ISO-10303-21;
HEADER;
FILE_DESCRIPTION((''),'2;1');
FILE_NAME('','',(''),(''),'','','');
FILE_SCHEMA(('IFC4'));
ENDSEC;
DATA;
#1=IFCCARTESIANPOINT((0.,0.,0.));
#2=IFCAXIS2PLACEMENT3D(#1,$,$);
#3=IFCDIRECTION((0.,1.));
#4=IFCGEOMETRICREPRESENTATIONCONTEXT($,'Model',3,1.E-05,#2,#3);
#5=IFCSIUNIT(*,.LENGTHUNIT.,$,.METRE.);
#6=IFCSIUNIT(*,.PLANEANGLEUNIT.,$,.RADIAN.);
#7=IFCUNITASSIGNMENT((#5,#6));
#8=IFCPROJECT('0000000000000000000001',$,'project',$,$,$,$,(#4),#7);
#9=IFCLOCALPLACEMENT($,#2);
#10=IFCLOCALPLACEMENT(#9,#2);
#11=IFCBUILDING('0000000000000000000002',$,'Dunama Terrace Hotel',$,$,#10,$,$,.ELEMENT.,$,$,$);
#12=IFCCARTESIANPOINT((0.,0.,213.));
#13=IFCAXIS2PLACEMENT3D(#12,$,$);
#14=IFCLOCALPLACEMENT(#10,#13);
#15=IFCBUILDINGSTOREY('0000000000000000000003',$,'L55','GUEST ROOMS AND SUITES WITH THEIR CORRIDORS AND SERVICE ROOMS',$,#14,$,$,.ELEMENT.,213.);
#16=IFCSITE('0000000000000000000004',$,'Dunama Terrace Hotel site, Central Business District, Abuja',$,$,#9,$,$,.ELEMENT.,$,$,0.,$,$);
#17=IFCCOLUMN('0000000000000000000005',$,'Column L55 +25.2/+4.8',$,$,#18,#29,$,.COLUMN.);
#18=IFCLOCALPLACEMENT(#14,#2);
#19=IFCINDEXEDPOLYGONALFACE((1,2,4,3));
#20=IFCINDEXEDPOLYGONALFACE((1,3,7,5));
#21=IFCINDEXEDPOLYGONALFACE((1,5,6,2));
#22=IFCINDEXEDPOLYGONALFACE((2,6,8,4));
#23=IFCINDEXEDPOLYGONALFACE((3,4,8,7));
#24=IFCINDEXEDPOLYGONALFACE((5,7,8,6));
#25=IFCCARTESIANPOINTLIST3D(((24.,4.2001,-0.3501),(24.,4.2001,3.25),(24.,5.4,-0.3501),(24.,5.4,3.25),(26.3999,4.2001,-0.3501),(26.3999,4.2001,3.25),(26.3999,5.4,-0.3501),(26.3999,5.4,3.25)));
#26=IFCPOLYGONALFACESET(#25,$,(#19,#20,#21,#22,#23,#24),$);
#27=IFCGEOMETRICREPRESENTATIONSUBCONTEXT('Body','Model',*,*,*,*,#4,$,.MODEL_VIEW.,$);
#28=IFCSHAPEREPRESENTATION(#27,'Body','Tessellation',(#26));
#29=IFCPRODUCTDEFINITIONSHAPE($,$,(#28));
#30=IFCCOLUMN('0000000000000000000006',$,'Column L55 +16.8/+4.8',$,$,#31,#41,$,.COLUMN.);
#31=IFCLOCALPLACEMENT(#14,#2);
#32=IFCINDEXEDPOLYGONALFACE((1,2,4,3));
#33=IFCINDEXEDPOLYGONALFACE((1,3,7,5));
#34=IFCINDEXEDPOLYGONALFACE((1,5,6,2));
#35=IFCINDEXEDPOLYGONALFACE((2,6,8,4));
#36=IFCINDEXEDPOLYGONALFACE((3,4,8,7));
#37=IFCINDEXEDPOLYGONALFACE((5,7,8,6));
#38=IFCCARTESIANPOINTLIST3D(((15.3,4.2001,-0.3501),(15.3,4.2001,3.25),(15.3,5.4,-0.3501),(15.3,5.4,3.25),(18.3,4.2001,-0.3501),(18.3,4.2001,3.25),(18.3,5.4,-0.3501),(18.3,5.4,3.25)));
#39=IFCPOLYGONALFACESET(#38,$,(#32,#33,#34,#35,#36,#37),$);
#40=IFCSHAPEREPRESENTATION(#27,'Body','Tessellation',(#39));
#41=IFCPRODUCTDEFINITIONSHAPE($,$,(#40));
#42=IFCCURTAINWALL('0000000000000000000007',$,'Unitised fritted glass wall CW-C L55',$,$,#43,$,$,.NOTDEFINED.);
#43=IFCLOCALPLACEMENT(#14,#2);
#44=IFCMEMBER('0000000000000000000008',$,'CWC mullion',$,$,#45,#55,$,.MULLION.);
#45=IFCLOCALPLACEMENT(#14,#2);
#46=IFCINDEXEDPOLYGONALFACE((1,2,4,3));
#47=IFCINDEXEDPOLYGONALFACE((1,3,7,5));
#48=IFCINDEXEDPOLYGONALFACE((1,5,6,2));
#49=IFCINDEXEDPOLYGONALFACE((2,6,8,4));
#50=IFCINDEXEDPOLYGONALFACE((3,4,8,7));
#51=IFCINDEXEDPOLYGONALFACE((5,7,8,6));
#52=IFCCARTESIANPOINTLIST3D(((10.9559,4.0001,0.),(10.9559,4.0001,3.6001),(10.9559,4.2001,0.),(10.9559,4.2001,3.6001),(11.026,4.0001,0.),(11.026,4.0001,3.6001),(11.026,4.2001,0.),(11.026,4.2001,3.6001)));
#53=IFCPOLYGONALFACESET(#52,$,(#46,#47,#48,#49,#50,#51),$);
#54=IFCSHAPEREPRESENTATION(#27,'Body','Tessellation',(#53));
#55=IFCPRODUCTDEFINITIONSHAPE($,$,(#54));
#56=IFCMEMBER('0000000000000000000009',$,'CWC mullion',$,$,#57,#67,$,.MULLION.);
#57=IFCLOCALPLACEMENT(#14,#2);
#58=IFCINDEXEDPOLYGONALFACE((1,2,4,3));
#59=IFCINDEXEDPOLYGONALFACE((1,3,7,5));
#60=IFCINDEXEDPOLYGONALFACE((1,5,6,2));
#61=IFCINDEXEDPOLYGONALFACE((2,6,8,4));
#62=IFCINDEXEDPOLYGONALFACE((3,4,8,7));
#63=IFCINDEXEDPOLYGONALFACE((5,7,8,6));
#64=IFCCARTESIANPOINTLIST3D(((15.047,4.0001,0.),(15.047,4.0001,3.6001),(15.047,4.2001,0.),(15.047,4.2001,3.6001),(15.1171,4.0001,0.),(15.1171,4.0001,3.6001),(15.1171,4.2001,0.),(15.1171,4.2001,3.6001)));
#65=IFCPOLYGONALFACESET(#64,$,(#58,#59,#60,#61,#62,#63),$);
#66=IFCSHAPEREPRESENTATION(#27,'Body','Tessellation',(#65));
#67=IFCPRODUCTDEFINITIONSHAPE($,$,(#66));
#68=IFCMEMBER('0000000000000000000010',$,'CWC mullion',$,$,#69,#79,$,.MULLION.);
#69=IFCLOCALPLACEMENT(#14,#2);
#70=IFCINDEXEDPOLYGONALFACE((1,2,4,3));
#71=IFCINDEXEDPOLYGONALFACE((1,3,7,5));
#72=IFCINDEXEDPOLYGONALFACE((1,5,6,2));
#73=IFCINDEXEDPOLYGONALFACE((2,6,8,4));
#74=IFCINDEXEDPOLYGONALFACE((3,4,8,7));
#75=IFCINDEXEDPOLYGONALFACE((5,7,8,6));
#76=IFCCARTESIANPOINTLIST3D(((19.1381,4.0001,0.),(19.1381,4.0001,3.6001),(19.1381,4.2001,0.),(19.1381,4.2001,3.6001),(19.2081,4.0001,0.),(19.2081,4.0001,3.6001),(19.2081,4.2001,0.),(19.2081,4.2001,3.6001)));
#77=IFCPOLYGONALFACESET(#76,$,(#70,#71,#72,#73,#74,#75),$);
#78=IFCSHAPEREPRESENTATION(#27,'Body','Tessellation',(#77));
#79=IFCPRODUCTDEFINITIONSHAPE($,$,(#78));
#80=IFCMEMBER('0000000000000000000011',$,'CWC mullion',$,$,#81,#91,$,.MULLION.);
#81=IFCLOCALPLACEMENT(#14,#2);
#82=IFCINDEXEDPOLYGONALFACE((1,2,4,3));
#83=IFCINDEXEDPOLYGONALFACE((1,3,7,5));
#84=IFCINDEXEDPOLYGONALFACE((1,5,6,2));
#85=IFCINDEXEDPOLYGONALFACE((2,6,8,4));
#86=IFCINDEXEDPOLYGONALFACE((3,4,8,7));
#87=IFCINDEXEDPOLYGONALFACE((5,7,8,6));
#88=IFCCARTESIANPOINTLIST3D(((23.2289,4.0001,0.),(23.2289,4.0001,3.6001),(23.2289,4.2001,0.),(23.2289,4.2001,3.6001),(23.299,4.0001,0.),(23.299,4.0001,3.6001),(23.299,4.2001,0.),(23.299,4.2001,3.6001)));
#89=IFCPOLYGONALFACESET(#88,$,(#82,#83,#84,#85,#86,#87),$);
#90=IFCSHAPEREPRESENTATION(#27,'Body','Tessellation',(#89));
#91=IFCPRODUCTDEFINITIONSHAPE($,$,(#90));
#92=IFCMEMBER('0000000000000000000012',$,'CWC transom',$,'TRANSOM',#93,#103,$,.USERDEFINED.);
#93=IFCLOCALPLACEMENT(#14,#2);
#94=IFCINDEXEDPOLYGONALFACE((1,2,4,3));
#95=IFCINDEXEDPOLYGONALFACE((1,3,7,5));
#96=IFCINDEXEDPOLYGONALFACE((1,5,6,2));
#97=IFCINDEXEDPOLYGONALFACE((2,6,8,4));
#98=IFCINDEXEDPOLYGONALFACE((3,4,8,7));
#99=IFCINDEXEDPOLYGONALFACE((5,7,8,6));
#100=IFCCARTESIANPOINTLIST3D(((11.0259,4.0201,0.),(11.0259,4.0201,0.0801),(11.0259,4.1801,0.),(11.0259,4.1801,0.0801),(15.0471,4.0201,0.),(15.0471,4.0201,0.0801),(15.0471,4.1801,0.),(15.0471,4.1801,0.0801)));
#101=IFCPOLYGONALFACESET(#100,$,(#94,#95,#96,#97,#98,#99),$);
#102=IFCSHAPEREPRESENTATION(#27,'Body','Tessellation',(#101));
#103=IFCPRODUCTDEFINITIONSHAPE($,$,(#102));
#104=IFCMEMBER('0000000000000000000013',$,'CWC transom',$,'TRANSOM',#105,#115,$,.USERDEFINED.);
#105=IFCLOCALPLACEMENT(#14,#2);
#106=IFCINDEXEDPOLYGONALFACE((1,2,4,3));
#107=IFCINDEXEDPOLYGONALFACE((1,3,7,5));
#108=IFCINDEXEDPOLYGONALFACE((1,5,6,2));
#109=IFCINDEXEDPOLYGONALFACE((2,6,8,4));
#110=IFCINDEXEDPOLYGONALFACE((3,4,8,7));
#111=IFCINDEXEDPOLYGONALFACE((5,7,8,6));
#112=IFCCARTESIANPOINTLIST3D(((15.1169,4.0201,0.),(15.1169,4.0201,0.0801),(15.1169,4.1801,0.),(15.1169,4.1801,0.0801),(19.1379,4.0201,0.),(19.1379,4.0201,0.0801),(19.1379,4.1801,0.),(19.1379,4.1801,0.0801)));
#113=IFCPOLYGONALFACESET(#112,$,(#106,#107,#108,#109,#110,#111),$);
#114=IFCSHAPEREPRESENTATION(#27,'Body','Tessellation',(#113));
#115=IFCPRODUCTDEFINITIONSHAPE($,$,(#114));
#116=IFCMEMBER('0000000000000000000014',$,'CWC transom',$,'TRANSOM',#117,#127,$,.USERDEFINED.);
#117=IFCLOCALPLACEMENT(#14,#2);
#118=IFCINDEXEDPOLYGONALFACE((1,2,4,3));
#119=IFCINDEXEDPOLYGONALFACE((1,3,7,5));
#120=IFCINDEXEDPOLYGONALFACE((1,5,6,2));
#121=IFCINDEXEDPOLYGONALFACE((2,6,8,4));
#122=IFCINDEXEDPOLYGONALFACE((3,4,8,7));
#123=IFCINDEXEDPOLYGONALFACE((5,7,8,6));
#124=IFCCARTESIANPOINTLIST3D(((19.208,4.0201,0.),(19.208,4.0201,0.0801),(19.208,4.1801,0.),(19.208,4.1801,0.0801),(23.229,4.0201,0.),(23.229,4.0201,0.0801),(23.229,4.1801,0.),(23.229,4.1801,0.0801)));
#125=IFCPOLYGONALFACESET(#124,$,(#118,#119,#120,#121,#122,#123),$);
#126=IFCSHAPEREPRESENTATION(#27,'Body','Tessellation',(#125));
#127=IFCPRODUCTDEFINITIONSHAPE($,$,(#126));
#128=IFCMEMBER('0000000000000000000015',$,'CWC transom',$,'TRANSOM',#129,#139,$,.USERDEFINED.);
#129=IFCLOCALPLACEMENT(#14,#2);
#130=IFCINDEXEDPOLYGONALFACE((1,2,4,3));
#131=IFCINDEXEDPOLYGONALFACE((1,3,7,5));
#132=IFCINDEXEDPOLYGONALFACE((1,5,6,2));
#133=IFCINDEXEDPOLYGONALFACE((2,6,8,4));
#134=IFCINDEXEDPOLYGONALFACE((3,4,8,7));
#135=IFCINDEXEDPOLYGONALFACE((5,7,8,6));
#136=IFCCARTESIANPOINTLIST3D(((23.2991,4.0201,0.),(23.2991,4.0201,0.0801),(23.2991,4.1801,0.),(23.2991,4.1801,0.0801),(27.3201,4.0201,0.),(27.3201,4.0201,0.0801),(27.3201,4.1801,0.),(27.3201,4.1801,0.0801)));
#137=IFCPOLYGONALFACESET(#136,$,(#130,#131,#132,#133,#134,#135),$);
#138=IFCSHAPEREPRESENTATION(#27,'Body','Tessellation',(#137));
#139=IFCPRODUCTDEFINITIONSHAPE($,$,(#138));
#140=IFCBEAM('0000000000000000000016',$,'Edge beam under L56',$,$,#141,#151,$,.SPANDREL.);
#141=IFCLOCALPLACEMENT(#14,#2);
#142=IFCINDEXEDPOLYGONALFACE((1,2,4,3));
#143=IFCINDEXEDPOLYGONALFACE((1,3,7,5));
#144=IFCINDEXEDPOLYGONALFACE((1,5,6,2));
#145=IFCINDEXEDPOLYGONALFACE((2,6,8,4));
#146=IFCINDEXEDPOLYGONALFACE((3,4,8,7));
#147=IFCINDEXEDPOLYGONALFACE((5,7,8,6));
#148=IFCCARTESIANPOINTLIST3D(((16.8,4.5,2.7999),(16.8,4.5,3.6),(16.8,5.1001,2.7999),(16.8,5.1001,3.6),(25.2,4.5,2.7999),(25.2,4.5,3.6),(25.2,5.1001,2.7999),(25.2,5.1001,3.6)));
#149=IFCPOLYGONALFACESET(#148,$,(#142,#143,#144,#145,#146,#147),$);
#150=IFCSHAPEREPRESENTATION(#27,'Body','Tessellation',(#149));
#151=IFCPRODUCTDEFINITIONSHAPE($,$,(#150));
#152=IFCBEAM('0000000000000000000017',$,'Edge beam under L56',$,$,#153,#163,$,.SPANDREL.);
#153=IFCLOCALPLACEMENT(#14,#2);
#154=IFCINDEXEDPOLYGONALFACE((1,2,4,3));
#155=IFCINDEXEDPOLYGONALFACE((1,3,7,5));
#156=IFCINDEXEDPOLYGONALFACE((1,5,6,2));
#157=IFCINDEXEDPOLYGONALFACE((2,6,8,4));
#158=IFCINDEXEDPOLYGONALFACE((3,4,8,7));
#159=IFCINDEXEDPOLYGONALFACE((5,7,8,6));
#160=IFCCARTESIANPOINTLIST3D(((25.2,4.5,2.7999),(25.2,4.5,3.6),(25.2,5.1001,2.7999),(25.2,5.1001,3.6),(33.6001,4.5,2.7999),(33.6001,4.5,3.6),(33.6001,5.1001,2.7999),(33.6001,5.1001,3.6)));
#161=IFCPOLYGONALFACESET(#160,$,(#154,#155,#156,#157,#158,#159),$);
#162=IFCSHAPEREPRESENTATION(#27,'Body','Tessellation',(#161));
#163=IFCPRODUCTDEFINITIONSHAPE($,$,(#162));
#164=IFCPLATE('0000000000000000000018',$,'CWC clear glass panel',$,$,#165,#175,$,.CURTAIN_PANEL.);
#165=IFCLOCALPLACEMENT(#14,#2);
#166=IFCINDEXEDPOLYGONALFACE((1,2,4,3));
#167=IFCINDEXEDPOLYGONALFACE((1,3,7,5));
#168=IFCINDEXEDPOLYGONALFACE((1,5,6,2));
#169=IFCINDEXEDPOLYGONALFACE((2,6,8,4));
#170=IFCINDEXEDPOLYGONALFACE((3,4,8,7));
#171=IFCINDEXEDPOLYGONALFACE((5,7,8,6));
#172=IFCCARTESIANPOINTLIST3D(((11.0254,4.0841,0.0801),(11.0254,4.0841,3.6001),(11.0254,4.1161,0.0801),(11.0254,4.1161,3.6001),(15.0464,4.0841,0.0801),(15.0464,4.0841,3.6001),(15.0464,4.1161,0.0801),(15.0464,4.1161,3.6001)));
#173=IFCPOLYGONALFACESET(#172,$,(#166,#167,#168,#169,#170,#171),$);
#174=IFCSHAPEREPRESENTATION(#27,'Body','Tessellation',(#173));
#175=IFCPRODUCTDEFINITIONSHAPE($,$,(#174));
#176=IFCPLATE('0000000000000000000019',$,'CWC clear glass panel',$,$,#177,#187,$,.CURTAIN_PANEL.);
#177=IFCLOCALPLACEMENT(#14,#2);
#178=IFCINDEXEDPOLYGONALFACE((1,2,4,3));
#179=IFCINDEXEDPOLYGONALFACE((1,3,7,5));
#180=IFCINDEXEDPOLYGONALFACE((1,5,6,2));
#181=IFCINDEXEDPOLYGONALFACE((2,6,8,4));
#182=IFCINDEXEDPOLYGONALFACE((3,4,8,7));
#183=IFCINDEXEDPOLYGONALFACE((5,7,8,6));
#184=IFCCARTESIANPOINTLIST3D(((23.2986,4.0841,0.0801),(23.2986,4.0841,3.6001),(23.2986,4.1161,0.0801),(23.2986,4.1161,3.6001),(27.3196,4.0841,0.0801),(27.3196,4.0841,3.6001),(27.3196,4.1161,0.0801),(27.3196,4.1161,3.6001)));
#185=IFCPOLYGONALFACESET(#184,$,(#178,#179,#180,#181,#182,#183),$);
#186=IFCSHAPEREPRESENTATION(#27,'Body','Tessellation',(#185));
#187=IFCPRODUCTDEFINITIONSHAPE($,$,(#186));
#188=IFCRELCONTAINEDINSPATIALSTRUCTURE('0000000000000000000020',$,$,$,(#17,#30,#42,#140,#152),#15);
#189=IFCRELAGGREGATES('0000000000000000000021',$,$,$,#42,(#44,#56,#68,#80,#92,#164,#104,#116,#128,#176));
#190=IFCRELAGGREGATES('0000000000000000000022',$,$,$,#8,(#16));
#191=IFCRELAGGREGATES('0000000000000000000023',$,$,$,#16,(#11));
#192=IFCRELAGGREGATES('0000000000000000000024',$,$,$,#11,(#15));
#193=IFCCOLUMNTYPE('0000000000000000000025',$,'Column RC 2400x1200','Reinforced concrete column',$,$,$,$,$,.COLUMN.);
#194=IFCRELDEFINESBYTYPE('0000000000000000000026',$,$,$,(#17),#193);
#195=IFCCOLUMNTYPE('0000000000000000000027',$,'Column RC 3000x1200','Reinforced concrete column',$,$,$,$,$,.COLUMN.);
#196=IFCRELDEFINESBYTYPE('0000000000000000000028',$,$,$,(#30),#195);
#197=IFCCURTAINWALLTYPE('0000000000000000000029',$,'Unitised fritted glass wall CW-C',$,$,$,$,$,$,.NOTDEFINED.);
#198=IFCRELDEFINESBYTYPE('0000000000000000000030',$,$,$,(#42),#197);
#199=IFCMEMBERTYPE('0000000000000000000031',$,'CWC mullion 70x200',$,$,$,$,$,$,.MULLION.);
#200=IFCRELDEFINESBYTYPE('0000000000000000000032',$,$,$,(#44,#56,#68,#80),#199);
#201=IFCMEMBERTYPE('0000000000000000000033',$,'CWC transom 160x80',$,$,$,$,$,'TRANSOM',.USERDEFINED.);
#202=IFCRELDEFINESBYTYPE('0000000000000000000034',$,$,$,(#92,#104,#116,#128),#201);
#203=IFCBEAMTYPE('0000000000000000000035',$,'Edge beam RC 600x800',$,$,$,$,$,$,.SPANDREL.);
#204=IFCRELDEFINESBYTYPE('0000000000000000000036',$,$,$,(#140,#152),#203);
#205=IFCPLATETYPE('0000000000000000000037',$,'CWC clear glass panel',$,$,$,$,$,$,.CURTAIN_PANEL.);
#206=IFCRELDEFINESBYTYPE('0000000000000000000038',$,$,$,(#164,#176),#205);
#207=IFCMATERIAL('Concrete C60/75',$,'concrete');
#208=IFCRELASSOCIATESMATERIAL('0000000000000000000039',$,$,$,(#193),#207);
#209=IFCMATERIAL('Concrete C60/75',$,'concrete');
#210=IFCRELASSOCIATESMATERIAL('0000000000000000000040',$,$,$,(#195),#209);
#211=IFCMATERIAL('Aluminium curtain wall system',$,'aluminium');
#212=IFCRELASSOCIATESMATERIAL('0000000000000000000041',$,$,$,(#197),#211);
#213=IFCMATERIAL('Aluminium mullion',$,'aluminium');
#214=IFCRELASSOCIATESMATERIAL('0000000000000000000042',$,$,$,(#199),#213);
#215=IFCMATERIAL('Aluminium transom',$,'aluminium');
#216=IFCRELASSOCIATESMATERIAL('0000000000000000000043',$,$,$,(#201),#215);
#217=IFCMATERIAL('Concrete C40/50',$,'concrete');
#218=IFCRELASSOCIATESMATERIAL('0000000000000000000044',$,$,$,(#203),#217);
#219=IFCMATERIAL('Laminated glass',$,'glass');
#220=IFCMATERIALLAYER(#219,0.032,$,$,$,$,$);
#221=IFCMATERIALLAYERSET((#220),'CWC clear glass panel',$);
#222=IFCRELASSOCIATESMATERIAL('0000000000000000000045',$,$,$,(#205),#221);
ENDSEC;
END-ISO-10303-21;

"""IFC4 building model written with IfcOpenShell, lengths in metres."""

from ifc_helpers import new_model, si_unit, direction, frame, origin, origin_2d, place, context, subcontext, project, spatial, rectangle, extrude, material, layer, layer_set, material_profile, profile_set, type_object, element, aggregate, save


model = new_model("IFC4")

# Units and contexts
model_context = context("Model", 3, precision=1e-05, world=origin(), true_north=direction((0.0, 1.0)))
body_context = subcontext(model_context, "Body", "Model", "MODEL_VIEW")
ifc_project = project(units=[si_unit("LENGTHUNIT", "METRE"), si_unit("PLANEANGLEUNIT", "RADIAN")], contexts=[model_context])

# Site, building, storey
site_placement = place(None, origin())
site = spatial("IfcSite", under=ifc_project, at=site_placement, Name="Dunama Terrace Hotel site, Central Business District, Abuja", CompositionType="ELEMENT", RefElevation=0.0)
building_placement = place(site_placement, origin())
building = spatial("IfcBuilding", under=site, at=building_placement, Name="Dunama Terrace Hotel", CompositionType="ELEMENT")
storey_placement = place(building_placement, frame((0.0, 0.0, 213.0)))
storey = spatial("IfcBuildingStorey", under=building, at=storey_placement, Name="L55", Description="GUEST ROOMS AND SUITES WITH THEIR CORRIDORS AND SERVICE ROOMS", CompositionType="ELEMENT", Elevation=213.0)

# Columns
ifc_material_1 = material(Name="Concrete C60/75", Category="concrete")
ifc_material_profile_1 = material_profile(ifc_material_1, rectangle(XDim=2.3999, YDim=1.2, at=origin_2d()), Name="RC 2400x1200")
ifc_profile_set_1 = profile_set([ifc_material_profile_1], Name="Concrete C60/75")
column_type_1 = type_object("IfcColumnType", Name="Column RC 2400x1200", Description="Reinforced concrete column", PredefinedType="COLUMN", material=ifc_profile_set_1)
column_1_placement = place(storey_placement, frame((25.2, 4.8, -0.3501), z_axis=(0.0, 0.0, 1.0), x_axis=(1.0, 0.0, 0.0)))
element("IfcColumn", 1, at=column_1_placement, inside=storey, type_object=column_type_1, Name="Column L55 +25.2/+4.8", PredefinedType="COLUMN", context=body_context, shape_type="SweptSolid", body=[
    extrude(rectangle(XDim=2.3999, YDim=1.2, at=origin_2d()), origin(), (0.0, 0.0, 1.0), 3.6001),
])
ifc_material_2 = material(Name="Concrete C60/75", Category="concrete")
ifc_material_profile_2 = material_profile(ifc_material_2, rectangle(XDim=3.0, YDim=1.2, at=origin_2d()), Name="RC 3000x1200")
ifc_profile_set_2 = profile_set([ifc_material_profile_2], Name="Concrete C60/75")
column_type_2 = type_object("IfcColumnType", Name="Column RC 3000x1200", Description="Reinforced concrete column", PredefinedType="COLUMN", material=ifc_profile_set_2)
column_2_placement = place(storey_placement, frame((16.8, 4.8, -0.3501), z_axis=(0.0, 0.0, 1.0), x_axis=(1.0, 0.0, 0.0)))
element("IfcColumn", 2, at=column_2_placement, inside=storey, type_object=column_type_2, Name="Column L55 +16.8/+4.8", PredefinedType="COLUMN", context=body_context, shape_type="SweptSolid", body=[
    extrude(rectangle(XDim=3.0, YDim=1.2, at=origin_2d()), origin(), (0.0, 0.0, 1.0), 3.6001),
])

# Curtain wall, members
ifc_material_3 = material(Name="Aluminium curtain wall system", Category="aluminium")
curtain_wall_type = type_object("IfcCurtainWallType", Name="Unitised fritted glass wall CW-C", PredefinedType="NOTDEFINED", material=ifc_material_3)
curtain_wall_placement = place(storey_placement, origin())
curtain_wall = element("IfcCurtainWall", 3, at=curtain_wall_placement, inside=storey, type_object=curtain_wall_type, Name="Unitised fritted glass wall CW-C L55", PredefinedType="NOTDEFINED")
ifc_material_4 = material(Name="Aluminium mullion", Category="aluminium")
ifc_material_profile_3 = material_profile(ifc_material_4, rectangle(XDim=0.0701, YDim=0.2, at=origin_2d()), Name="CWC MULLION 70X200")
ifc_profile_set_3 = profile_set([ifc_material_profile_3], Name="Aluminium mullion")
member_type_1 = type_object("IfcMemberType", Name="CWC mullion 70x200", PredefinedType="MULLION", material=ifc_profile_set_3)
member_1_placement = place(storey_placement, frame((10.991, 4.1001, 0.0), z_axis=(0.0, 0.0, 1.0), x_axis=(1.0, 0.0, 0.0)))
member_1 = element("IfcMember", 4, at=member_1_placement, type_object=member_type_1, Name="CWC mullion", PredefinedType="MULLION", context=body_context, shape_type="SweptSolid", body=[
    extrude(rectangle(XDim=0.0701, YDim=0.2, at=origin_2d()), origin(), (0.0, 0.0, 1.0), 3.6001),
])
member_2_placement = place(storey_placement, frame((15.082, 4.1001, 0.0), z_axis=(0.0, 0.0, 1.0), x_axis=(1.0, 0.0, 0.0)))
member_2 = element("IfcMember", 5, at=member_2_placement, type_object=member_type_1, Name="CWC mullion", PredefinedType="MULLION", context=body_context, shape_type="SweptSolid", body=[
    extrude(rectangle(XDim=0.0701, YDim=0.2, at=origin_2d()), origin(), (0.0, 0.0, 1.0), 3.6001),
])
member_3_placement = place(storey_placement, frame((19.1731, 4.1001, 0.0), z_axis=(0.0, 0.0, 1.0), x_axis=(1.0, 0.0, 0.0)))
member_3 = element("IfcMember", 6, at=member_3_placement, type_object=member_type_1, Name="CWC mullion", PredefinedType="MULLION", context=body_context, shape_type="SweptSolid", body=[
    extrude(rectangle(XDim=0.0701, YDim=0.2, at=origin_2d()), origin(), (0.0, 0.0, 1.0), 3.6001),
])
member_4_placement = place(storey_placement, frame((23.2639, 4.1001, 0.0), z_axis=(0.0, 0.0, 1.0), x_axis=(1.0, 0.0, 0.0)))
member_4 = element("IfcMember", 7, at=member_4_placement, type_object=member_type_1, Name="CWC mullion", PredefinedType="MULLION", context=body_context, shape_type="SweptSolid", body=[
    extrude(rectangle(XDim=0.0701, YDim=0.2, at=origin_2d()), origin(), (0.0, 0.0, 1.0), 3.6001),
])
ifc_material_5 = material(Name="Aluminium transom", Category="aluminium")
ifc_material_profile_4 = material_profile(ifc_material_5, rectangle(XDim=0.1599, YDim=0.0801, at=origin_2d()), Name="CWC TRANSOM 160X80")
ifc_profile_set_4 = profile_set([ifc_material_profile_4], Name="Aluminium transom")
member_type_2 = type_object("IfcMemberType", Name="CWC transom 160x80", ElementType="TRANSOM", PredefinedType="USERDEFINED", material=ifc_profile_set_4)
member_5_placement = place(storey_placement, frame((11.0259, 4.1001, 0.04), z_axis=(1.0, 0.0, 0.0), x_axis=(0.0, 1.0, 0.0)))
member_5 = element("IfcMember", 8, at=member_5_placement, type_object=member_type_2, Name="CWC transom", ObjectType="TRANSOM", PredefinedType="USERDEFINED", context=body_context, shape_type="SweptSolid", body=[
    extrude(rectangle(XDim=0.1599, YDim=0.0801, at=origin_2d()), origin(), (0.0, 0.0, 1.0), 4.0212),
])
member_6_placement = place(storey_placement, frame((15.1169, 4.1001, 0.04), z_axis=(1.0, 0.0, 0.0), x_axis=(0.0, 1.0, 0.0)))
member_6 = element("IfcMember", 9, at=member_6_placement, type_object=member_type_2, Name="CWC transom", ObjectType="TRANSOM", PredefinedType="USERDEFINED", context=body_context, shape_type="SweptSolid", body=[
    extrude(rectangle(XDim=0.1599, YDim=0.0801, at=origin_2d()), origin(), (0.0, 0.0, 1.0), 4.021),
])
member_7_placement = place(storey_placement, frame((19.208, 4.1001, 0.04), z_axis=(1.0, 0.0, 0.0), x_axis=(0.0, 1.0, 0.0)))
member_7 = element("IfcMember", 10, at=member_7_placement, type_object=member_type_2, Name="CWC transom", ObjectType="TRANSOM", PredefinedType="USERDEFINED", context=body_context, shape_type="SweptSolid", body=[
    extrude(rectangle(XDim=0.1599, YDim=0.0801, at=origin_2d()), origin(), (0.0, 0.0, 1.0), 4.021),
])
member_8_placement = place(storey_placement, frame((23.2991, 4.1001, 0.04), z_axis=(1.0, 0.0, 0.0), x_axis=(0.0, 1.0, 0.0)))
member_8 = element("IfcMember", 11, at=member_8_placement, type_object=member_type_2, Name="CWC transom", ObjectType="TRANSOM", PredefinedType="USERDEFINED", context=body_context, shape_type="SweptSolid", body=[
    extrude(rectangle(XDim=0.1599, YDim=0.0801, at=origin_2d()), origin(), (0.0, 0.0, 1.0), 4.021),
])

# Beams
ifc_material_6 = material(Name="Concrete C40/50", Category="concrete")
ifc_material_profile_5 = material_profile(ifc_material_6, rectangle(XDim=0.6001, YDim=0.8, at=origin_2d()), Name="RC 600x800")
ifc_profile_set_5 = profile_set([ifc_material_profile_5], Name="Concrete C40/50")
beam_type = type_object("IfcBeamType", Name="Edge beam RC 600x800", PredefinedType="SPANDREL", material=ifc_profile_set_5)
beam_1_placement = place(storey_placement, frame((16.8, 4.8, 3.2), z_axis=(1.0, 0.0, 0.0), x_axis=(0.0, 1.0, 0.0)))
element("IfcBeam", 12, at=beam_1_placement, inside=storey, type_object=beam_type, Name="Edge beam under L56", PredefinedType="SPANDREL", context=body_context, shape_type="SweptSolid", body=[
    extrude(rectangle(XDim=0.6001, YDim=0.8, at=origin_2d()), origin(), (0.0, 0.0, 1.0), 8.3999),
])
beam_2_placement = place(storey_placement, frame((25.2, 4.8, 3.2), z_axis=(1.0, 0.0, 0.0), x_axis=(0.0, 1.0, 0.0)))
element("IfcBeam", 13, at=beam_2_placement, inside=storey, type_object=beam_type, Name="Edge beam under L56", PredefinedType="SPANDREL", context=body_context, shape_type="SweptSolid", body=[
    extrude(rectangle(XDim=0.6001, YDim=0.8, at=origin_2d()), origin(), (0.0, 0.0, 1.0), 8.4001),
])

# Plates
ifc_material_7 = material(Name="Laminated glass", Category="glass")
ifc_layer_1 = layer(ifc_material_7, 0.032)
ifc_layer_set_1 = layer_set([ifc_layer_1], Name="CWC clear glass panel")
plate_type_1 = type_object("IfcPlateType", Name="CWC clear glass panel", PredefinedType="CURTAIN_PANEL", material=ifc_layer_set_1)
plate_1_placement = place(storey_placement, frame((13.0359, 4.1001, 0.0801), z_axis=(0.0, 0.0, 1.0), x_axis=(1.0, 0.0, 0.0)))
plate_1 = element("IfcPlate", 14, at=plate_1_placement, type_object=plate_type_1, Name="CWC clear glass panel", PredefinedType="CURTAIN_PANEL", context=body_context, shape_type="SweptSolid", body=[
    extrude(rectangle(XDim=4.021, YDim=0.032, at=origin_2d()), origin(), (0.0, 0.0, 1.0), 3.52),
])
plate_2_placement = place(storey_placement, frame((25.3091, 4.1001, 0.0801), z_axis=(0.0, 0.0, 1.0), x_axis=(1.0, 0.0, 0.0)))
plate_2 = element("IfcPlate", 15, at=plate_2_placement, type_object=plate_type_1, Name="CWC clear glass panel", PredefinedType="CURTAIN_PANEL", context=body_context, shape_type="SweptSolid", body=[
    extrude(rectangle(XDim=4.021, YDim=0.032, at=origin_2d()), origin(), (0.0, 0.0, 1.0), 3.52),
])
aggregate(curtain_wall, [member_1, member_2, member_3, member_4, member_5, plate_1, member_6, member_7, member_8, plate_2])

save(model, "model.ifc")
